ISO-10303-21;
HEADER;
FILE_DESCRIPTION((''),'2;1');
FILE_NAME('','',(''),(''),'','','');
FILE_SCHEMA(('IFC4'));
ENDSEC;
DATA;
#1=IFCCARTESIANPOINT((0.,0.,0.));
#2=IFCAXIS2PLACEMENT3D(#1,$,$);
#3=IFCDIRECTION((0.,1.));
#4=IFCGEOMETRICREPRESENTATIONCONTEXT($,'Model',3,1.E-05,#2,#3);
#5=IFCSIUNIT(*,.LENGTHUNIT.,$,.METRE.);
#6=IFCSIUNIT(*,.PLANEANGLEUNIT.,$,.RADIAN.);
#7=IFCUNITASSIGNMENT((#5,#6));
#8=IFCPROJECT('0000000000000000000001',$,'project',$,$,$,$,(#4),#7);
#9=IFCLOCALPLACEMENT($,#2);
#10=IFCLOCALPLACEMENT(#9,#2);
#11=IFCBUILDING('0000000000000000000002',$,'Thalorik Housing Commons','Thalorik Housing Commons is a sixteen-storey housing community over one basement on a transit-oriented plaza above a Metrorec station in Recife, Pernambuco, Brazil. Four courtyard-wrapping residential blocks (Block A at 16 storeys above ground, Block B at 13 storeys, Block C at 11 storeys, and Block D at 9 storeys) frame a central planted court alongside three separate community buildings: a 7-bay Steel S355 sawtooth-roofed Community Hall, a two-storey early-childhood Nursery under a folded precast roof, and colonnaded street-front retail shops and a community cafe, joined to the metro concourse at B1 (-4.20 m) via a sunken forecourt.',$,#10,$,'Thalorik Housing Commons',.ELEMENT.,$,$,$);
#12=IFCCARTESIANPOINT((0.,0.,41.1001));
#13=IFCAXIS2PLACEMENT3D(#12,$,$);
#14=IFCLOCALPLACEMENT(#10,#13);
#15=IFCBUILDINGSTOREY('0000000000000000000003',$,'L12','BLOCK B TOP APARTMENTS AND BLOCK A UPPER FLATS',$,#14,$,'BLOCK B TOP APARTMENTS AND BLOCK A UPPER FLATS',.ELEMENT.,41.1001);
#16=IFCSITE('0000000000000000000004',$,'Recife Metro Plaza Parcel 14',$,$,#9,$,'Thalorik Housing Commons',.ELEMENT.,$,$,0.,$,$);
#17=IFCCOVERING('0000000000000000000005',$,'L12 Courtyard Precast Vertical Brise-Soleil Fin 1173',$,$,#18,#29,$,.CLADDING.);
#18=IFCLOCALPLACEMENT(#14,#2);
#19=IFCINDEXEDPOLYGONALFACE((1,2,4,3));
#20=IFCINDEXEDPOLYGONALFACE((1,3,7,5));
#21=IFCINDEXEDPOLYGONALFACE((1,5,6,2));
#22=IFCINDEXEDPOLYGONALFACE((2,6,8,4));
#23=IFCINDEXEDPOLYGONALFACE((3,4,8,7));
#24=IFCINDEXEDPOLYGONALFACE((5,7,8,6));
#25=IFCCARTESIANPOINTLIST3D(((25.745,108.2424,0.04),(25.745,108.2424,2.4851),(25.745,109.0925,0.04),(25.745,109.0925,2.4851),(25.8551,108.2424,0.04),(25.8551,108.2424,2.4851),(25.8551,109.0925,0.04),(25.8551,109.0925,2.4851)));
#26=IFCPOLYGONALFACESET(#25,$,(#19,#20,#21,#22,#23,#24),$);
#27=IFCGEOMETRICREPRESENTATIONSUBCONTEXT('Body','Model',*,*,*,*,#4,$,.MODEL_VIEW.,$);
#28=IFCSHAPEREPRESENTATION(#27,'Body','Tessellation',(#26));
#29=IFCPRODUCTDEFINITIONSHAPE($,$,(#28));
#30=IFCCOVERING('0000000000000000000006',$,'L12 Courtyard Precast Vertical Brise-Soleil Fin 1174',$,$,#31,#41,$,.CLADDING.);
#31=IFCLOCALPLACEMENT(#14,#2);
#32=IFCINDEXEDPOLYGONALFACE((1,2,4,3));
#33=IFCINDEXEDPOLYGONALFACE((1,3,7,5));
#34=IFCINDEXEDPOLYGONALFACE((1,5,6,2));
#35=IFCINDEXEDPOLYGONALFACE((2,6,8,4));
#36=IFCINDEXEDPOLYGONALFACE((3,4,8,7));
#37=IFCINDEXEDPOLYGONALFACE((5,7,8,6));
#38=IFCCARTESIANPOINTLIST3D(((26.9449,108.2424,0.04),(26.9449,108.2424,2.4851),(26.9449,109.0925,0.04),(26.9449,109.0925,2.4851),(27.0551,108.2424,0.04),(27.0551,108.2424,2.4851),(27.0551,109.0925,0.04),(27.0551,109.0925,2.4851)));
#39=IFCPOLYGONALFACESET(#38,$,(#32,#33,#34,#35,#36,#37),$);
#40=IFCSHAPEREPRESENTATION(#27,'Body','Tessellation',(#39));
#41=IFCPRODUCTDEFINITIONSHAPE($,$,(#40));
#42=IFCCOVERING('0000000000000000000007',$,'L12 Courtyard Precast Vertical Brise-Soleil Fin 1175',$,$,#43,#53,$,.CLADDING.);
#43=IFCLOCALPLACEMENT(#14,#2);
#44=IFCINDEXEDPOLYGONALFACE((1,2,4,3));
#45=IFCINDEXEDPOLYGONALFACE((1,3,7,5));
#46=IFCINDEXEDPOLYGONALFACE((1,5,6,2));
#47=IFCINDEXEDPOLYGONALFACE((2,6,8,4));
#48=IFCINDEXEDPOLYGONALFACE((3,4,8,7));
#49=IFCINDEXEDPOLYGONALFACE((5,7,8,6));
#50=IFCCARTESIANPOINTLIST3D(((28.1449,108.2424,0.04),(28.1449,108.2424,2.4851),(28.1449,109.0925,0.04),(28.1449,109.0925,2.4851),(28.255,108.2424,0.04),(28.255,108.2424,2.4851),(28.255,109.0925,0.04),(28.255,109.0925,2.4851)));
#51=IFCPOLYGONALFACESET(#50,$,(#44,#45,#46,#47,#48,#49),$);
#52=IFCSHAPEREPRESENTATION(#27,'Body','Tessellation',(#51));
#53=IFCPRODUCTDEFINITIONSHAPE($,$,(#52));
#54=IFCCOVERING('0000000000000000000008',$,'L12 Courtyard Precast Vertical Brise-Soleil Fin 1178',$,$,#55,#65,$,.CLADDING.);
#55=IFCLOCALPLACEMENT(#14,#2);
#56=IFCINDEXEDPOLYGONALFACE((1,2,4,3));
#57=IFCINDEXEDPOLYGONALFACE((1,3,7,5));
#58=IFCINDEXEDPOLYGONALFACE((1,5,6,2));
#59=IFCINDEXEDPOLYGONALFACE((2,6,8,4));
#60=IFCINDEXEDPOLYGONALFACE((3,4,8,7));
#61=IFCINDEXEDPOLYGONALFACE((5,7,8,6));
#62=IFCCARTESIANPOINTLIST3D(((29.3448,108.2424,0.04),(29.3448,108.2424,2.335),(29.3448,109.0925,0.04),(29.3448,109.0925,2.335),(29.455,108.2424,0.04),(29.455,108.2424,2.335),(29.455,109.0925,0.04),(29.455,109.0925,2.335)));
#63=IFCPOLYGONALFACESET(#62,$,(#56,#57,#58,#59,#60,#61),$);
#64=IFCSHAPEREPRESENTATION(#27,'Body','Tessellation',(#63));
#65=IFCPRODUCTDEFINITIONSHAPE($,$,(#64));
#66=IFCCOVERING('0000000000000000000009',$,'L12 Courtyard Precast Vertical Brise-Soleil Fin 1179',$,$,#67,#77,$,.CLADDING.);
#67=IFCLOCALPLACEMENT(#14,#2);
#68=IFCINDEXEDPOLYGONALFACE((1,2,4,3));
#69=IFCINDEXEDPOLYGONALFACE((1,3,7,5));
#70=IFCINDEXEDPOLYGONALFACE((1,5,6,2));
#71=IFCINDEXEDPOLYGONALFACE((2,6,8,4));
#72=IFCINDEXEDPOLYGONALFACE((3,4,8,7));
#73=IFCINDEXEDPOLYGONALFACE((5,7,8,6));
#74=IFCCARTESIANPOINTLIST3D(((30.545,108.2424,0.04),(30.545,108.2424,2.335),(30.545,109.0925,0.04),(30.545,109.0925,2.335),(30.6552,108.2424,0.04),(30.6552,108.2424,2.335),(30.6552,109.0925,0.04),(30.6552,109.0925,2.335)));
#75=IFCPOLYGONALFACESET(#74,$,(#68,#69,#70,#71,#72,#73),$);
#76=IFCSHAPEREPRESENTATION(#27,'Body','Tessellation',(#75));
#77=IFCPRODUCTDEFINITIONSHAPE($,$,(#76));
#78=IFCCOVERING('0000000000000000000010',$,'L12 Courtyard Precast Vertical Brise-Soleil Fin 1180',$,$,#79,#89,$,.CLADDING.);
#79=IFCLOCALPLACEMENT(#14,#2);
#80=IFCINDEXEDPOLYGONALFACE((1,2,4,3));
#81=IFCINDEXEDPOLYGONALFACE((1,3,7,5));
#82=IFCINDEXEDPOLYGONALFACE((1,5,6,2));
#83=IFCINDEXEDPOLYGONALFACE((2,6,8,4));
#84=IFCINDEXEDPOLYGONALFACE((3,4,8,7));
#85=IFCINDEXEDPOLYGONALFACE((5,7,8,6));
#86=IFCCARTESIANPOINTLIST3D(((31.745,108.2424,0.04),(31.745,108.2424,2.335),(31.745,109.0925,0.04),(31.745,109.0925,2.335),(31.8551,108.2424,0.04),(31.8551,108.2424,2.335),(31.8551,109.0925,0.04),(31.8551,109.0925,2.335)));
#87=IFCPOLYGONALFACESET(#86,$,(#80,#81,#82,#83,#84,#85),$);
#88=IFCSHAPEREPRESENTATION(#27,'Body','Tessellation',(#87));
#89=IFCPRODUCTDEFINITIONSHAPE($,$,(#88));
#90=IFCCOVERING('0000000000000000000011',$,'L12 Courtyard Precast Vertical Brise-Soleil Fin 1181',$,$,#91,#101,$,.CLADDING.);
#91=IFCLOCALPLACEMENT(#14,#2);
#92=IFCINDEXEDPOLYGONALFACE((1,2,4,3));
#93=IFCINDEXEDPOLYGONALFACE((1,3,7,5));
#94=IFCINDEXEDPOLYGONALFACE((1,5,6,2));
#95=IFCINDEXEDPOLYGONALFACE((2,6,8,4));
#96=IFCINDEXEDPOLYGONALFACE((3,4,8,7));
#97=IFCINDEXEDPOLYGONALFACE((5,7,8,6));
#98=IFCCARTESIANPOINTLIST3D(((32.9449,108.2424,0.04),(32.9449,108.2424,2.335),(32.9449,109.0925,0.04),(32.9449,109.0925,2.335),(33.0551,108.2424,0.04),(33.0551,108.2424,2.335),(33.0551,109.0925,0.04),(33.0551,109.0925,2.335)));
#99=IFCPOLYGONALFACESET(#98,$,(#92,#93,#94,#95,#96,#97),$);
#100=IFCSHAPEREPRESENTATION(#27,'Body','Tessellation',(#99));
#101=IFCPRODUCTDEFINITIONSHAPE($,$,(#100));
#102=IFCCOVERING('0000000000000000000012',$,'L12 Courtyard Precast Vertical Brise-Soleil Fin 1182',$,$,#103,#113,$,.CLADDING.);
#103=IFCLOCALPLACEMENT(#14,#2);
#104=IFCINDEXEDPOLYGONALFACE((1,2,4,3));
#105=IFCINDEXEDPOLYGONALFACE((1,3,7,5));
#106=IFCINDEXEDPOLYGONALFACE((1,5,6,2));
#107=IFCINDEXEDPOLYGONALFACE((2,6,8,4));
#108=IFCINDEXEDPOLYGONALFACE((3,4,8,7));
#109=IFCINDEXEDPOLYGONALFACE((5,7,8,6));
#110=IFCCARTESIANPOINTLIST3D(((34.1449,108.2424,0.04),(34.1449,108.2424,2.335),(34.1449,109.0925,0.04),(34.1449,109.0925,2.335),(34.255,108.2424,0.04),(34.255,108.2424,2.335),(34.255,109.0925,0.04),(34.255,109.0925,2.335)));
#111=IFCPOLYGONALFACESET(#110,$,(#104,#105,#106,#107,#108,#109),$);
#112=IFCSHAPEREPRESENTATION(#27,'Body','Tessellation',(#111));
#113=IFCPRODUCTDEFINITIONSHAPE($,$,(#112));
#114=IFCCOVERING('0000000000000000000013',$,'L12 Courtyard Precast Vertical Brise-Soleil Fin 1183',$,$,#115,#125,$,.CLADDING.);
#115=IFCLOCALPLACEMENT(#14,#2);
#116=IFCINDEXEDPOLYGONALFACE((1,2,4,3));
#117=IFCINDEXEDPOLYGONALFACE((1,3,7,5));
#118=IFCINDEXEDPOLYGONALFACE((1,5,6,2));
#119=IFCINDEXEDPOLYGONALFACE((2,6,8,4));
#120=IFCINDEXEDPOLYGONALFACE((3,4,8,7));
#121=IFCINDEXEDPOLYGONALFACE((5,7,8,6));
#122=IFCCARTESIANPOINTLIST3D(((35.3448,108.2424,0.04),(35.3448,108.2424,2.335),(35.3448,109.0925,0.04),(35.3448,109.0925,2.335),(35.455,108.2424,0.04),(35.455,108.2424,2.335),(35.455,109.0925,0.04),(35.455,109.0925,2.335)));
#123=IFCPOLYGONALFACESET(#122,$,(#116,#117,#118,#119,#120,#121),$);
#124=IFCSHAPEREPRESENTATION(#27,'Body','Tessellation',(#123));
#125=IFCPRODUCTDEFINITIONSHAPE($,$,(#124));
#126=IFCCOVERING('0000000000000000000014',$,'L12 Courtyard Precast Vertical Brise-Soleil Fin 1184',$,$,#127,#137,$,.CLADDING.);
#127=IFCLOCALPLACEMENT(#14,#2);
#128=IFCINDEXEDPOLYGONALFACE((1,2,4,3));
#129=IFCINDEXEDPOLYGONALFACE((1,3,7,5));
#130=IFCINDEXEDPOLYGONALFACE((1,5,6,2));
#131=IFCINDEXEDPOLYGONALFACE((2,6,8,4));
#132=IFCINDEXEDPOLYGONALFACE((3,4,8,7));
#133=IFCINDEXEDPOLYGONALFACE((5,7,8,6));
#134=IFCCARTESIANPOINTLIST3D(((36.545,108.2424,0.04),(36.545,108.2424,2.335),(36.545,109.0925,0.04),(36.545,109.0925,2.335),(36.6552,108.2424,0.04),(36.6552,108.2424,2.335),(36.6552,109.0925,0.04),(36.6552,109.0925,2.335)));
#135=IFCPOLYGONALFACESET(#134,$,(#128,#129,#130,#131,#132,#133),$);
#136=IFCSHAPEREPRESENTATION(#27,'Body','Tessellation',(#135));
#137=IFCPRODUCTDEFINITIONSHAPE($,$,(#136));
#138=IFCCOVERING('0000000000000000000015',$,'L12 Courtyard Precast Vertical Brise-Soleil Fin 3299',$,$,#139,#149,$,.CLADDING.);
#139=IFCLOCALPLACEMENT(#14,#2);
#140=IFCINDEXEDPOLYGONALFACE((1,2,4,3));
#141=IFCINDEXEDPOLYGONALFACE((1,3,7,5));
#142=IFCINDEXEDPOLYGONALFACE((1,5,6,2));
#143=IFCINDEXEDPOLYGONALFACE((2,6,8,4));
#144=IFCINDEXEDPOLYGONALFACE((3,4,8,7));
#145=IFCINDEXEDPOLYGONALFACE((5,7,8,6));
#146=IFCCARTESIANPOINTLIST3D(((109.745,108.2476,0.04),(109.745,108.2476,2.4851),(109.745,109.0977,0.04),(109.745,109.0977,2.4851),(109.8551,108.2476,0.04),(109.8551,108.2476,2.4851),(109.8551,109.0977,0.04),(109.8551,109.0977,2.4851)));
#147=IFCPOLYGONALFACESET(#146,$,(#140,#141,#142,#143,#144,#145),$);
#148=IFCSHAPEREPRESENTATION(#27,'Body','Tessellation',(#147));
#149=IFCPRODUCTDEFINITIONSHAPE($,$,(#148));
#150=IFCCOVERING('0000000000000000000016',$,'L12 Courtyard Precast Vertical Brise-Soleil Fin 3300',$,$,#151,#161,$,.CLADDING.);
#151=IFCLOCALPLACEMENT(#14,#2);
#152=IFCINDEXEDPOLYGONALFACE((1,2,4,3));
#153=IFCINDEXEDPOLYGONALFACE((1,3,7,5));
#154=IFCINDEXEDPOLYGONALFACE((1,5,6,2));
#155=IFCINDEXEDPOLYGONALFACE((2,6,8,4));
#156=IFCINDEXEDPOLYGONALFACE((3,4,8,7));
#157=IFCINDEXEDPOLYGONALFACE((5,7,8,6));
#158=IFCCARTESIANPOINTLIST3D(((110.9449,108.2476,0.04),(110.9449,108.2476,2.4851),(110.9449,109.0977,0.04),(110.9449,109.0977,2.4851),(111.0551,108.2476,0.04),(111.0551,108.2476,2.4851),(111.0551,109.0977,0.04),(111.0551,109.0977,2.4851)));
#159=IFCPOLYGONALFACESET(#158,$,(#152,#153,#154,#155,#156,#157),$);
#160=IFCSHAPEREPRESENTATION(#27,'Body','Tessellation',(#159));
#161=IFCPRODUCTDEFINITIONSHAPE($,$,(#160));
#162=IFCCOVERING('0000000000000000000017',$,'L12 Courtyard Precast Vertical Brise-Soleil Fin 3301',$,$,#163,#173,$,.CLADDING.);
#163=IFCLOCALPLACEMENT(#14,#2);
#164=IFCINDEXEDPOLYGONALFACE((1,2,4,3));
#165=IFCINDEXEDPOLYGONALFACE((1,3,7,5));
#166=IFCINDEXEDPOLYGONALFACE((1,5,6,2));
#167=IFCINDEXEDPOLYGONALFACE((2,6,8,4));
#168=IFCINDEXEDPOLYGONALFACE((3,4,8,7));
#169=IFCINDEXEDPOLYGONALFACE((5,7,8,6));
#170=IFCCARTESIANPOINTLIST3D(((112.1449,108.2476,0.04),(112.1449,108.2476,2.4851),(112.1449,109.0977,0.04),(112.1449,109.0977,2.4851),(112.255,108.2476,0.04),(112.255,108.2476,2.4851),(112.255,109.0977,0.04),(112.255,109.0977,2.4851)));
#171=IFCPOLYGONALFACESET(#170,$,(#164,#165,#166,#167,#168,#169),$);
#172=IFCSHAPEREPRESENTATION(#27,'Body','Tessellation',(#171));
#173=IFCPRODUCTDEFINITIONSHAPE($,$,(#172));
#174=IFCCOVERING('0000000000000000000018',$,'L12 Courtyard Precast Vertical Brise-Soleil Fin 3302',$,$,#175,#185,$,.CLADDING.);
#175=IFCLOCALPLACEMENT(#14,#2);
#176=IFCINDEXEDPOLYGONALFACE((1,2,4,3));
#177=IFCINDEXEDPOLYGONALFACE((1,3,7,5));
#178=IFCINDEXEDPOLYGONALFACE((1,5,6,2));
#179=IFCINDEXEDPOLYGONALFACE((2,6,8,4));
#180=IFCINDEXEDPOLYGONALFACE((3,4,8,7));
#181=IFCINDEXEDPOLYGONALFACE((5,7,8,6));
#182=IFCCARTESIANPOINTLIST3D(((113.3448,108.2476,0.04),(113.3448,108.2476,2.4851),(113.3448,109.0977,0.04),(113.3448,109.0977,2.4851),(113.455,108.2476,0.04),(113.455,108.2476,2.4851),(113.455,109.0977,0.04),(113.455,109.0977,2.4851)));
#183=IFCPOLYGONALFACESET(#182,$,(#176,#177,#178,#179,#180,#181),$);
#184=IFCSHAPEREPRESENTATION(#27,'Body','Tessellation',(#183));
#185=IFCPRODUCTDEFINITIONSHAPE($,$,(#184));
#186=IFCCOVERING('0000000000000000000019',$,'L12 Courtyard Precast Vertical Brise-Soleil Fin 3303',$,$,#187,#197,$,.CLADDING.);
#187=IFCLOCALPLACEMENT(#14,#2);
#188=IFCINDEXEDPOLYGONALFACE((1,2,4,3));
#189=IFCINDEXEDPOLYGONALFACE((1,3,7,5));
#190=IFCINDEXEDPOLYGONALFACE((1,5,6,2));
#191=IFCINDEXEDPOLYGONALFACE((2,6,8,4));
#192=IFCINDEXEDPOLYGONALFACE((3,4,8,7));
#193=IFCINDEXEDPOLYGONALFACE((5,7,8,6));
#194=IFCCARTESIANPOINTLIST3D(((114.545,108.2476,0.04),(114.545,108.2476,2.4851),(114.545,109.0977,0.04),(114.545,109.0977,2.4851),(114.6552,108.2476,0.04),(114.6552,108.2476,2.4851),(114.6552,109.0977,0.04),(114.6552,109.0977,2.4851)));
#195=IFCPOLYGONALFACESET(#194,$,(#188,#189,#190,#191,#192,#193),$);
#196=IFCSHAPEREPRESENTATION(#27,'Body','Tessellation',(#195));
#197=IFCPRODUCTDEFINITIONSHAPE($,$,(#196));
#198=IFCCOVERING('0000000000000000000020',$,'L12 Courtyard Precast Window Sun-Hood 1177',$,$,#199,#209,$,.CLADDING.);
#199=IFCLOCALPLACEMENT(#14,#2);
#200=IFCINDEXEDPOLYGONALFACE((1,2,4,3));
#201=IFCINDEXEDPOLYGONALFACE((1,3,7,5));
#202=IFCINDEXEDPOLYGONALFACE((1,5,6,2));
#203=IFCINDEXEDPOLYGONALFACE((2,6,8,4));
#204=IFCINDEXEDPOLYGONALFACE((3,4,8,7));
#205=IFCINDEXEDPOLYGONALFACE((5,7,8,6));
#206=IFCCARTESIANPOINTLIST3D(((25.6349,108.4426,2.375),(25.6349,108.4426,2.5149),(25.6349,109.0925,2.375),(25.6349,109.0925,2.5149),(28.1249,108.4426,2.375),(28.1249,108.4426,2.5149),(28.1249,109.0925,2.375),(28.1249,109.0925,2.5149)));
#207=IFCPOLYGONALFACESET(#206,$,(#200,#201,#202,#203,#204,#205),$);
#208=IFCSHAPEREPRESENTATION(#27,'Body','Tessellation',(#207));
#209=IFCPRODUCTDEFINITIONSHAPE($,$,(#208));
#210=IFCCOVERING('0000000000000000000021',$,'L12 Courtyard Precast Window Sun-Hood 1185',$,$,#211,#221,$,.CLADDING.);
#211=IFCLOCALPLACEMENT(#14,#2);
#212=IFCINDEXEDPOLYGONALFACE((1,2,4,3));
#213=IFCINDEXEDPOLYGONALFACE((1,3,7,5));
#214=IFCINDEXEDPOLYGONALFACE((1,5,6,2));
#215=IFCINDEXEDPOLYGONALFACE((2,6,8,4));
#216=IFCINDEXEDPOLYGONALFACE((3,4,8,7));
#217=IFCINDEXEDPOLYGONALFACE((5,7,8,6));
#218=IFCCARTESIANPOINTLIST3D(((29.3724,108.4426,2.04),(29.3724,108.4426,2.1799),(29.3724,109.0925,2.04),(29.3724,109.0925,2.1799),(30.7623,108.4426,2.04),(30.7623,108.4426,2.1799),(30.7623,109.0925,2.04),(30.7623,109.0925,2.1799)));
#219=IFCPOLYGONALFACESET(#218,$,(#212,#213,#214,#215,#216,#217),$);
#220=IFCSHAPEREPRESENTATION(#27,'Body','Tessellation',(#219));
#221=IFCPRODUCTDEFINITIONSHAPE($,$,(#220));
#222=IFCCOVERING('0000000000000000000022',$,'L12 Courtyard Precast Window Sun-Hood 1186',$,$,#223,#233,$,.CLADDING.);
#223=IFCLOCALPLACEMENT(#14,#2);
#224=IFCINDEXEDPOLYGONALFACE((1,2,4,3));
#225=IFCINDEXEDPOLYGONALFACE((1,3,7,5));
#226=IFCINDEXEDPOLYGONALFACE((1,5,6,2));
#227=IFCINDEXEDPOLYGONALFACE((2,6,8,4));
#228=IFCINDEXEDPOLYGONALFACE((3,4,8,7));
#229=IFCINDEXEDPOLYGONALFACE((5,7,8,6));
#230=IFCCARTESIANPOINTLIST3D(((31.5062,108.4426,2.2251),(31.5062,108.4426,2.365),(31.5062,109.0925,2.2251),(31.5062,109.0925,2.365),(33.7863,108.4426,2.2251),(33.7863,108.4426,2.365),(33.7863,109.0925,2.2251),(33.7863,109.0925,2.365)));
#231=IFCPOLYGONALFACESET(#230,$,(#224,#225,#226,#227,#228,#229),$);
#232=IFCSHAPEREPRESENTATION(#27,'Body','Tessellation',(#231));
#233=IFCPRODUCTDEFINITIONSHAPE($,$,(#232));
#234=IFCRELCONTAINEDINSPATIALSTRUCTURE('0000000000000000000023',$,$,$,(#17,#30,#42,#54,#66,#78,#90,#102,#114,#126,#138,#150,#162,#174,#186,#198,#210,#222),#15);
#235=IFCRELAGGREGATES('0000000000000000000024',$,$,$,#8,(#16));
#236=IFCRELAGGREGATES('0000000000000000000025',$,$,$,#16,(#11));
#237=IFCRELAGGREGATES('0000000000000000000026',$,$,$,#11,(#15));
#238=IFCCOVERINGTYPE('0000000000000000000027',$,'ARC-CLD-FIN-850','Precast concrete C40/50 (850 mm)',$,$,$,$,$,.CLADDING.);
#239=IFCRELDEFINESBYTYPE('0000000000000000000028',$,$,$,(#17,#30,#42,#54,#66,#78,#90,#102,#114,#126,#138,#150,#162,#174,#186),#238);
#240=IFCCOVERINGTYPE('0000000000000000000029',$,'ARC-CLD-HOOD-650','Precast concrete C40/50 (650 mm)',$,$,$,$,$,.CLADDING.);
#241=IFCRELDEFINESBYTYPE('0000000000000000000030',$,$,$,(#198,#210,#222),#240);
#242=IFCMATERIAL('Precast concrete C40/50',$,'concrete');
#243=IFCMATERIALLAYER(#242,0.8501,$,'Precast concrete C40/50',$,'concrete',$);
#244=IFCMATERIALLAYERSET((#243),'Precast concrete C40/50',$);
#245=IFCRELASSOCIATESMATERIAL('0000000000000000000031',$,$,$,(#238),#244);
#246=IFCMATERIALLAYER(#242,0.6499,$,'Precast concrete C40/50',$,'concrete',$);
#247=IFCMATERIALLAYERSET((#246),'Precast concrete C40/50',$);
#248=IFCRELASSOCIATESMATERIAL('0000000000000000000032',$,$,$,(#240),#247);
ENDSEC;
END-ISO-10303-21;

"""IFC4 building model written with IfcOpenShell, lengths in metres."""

from ifc_helpers import new_model, si_unit, direction, frame, origin, origin_2d, place, context, subcontext, project, spatial, rectangle, extrude, material, layer, layer_set, type_object, element, save


model = new_model("IFC4")

# Units and contexts
model_context = context("Model", 3, precision=1e-05, world=origin(), true_north=direction((0.0, 1.0)))
body_context = subcontext(model_context, "Body", "Model", "MODEL_VIEW")
ifc_project = project(units=[si_unit("LENGTHUNIT", "METRE"), si_unit("PLANEANGLEUNIT", "RADIAN")], contexts=[model_context])

# Site, building, storey
site_placement = place(None, origin())
site = spatial("IfcSite", under=ifc_project, at=site_placement, Name="Recife Metro Plaza Parcel 14", LongName="Thalorik Housing Commons", CompositionType="ELEMENT", RefElevation=0.0)
building_placement = place(site_placement, origin())
building = spatial("IfcBuilding", under=site, at=building_placement, Name="Thalorik Housing Commons", Description="Thalorik Housing Commons is a sixteen-storey housing community over one basement on a transit-oriented plaza above a Metrorec station in Recife, Pernambuco, Brazil. Four courtyard-wrapping residential blocks (Block A at 16 storeys above ground, Block B at 13 storeys, Block C at 11 storeys, and Block D at 9 storeys) frame a central planted court alongside three separate community buildings: a 7-bay Steel S355 sawtooth-roofed Community Hall, a two-storey early-childhood Nursery under a folded precast roof, and colonnaded street-front retail shops and a community cafe, joined to the metro concourse at B1 (-4.20 m) via a sunken forecourt.", LongName="Thalorik Housing Commons", CompositionType="ELEMENT")
storey_placement = place(building_placement, frame((0.0, 0.0, 41.1001)))
storey = spatial("IfcBuildingStorey", under=building, at=storey_placement, Name="L12", Description="BLOCK B TOP APARTMENTS AND BLOCK A UPPER FLATS", LongName="BLOCK B TOP APARTMENTS AND BLOCK A UPPER FLATS", CompositionType="ELEMENT", Elevation=41.1001)

# Coverings
ifc_material = material(Name="Precast concrete C40/50", Category="concrete")
ifc_layer_1 = layer(ifc_material, 0.8501, Name="Precast concrete C40/50", Category="concrete")
ifc_layer_set_1 = layer_set([ifc_layer_1], Name="Precast concrete C40/50")
covering_type_1 = type_object("IfcCoveringType", Name="ARC-CLD-FIN-850", Description="Precast concrete C40/50 (850 mm)", PredefinedType="CLADDING", material=ifc_layer_set_1)
for number, where, z_axis, x_axis, name in (
    (1, (25.8, 108.6675, 0.04), (0.0, 0.0, 1.0), (1.0, 0.0, 0.0), "L12 Courtyard Precast Vertical Brise-Soleil Fin 1173"),
    (2, (27.0, 108.6675, 0.04), (0.0, 0.0, 1.0), (1.0, 0.0, 0.0), "L12 Courtyard Precast Vertical Brise-Soleil Fin 1174"),
    (3, (28.2, 108.6675, 0.04), (0.0, 0.0, 1.0), (1.0, 0.0, 0.0), "L12 Courtyard Precast Vertical Brise-Soleil Fin 1175"),
):
    element("IfcCovering", number, at=place(storey_placement, frame(where, z_axis=z_axis, x_axis=x_axis)), inside=storey, type_object=covering_type_1, Name=name, PredefinedType="CLADDING", context=body_context, shape_type="SweptSolid", body=[
        extrude(rectangle(XDim=0.1101, YDim=0.8501, at=origin_2d()), origin(), (0.0, 0.0, 1.0), 2.4451),
    ])
for number, where, z_axis, x_axis, name in (
    (4, (29.3999, 108.6675, 0.04), (0.0, 0.0, 1.0), (1.0, 0.0, 0.0), "L12 Courtyard Precast Vertical Brise-Soleil Fin 1178"),
    (5, (30.6001, 108.6675, 0.04), (0.0, 0.0, 1.0), (1.0, 0.0, 0.0), "L12 Courtyard Precast Vertical Brise-Soleil Fin 1179"),
    (6, (31.8, 108.6675, 0.04), (0.0, 0.0, 1.0), (1.0, 0.0, 0.0), "L12 Courtyard Precast Vertical Brise-Soleil Fin 1180"),
    (7, (33.0, 108.6675, 0.04), (0.0, 0.0, 1.0), (1.0, 0.0, 0.0), "L12 Courtyard Precast Vertical Brise-Soleil Fin 1181"),
    (8, (34.2, 108.6675, 0.04), (0.0, 0.0, 1.0), (1.0, 0.0, 0.0), "L12 Courtyard Precast Vertical Brise-Soleil Fin 1182"),
    (9, (35.3999, 108.6675, 0.04), (0.0, 0.0, 1.0), (1.0, 0.0, 0.0), "L12 Courtyard Precast Vertical Brise-Soleil Fin 1183"),
    (10, (36.6001, 108.6675, 0.04), (0.0, 0.0, 1.0), (1.0, 0.0, 0.0), "L12 Courtyard Precast Vertical Brise-Soleil Fin 1184"),
):
    element("IfcCovering", number, at=place(storey_placement, frame(where, z_axis=z_axis, x_axis=x_axis)), inside=storey, type_object=covering_type_1, Name=name, PredefinedType="CLADDING", context=body_context, shape_type="SweptSolid", body=[
        extrude(rectangle(XDim=0.1101, YDim=0.8501, at=origin_2d()), origin(), (0.0, 0.0, 1.0), 2.2949),
    ])
for number, where, z_axis, x_axis, name in (
    (11, (109.8, 108.6726, 0.04), (0.0, 0.0, 1.0), (1.0, 0.0, 0.0), "L12 Courtyard Precast Vertical Brise-Soleil Fin 3299"),
    (12, (111.0, 108.6726, 0.04), (0.0, 0.0, 1.0), (1.0, 0.0, 0.0), "L12 Courtyard Precast Vertical Brise-Soleil Fin 3300"),
    (13, (112.2, 108.6726, 0.04), (0.0, 0.0, 1.0), (1.0, 0.0, 0.0), "L12 Courtyard Precast Vertical Brise-Soleil Fin 3301"),
    (14, (113.3999, 108.6726, 0.04), (0.0, 0.0, 1.0), (1.0, 0.0, 0.0), "L12 Courtyard Precast Vertical Brise-Soleil Fin 3302"),
    (15, (114.6001, 108.6726, 0.04), (0.0, 0.0, 1.0), (1.0, 0.0, 0.0), "L12 Courtyard Precast Vertical Brise-Soleil Fin 3303"),
):
    element("IfcCovering", number, at=place(storey_placement, frame(where, z_axis=z_axis, x_axis=x_axis)), inside=storey, type_object=covering_type_1, Name=name, PredefinedType="CLADDING", context=body_context, shape_type="SweptSolid", body=[
        extrude(rectangle(XDim=0.1101, YDim=0.8501, at=origin_2d()), origin(), (0.0, 0.0, 1.0), 2.4451),
    ])
ifc_layer_2 = layer(ifc_material, 0.6499, Name="Precast concrete C40/50", Category="concrete")
ifc_layer_set_2 = layer_set([ifc_layer_2], Name="Precast concrete C40/50")
covering_type_2 = type_object("IfcCoveringType", Name="ARC-CLD-HOOD-650", Description="Precast concrete C40/50 (650 mm)", PredefinedType="CLADDING", material=ifc_layer_set_2)
covering_1_placement = place(storey_placement, frame((26.8799, 108.7676, 2.375), z_axis=(0.0, 0.0, 1.0), x_axis=(1.0, 0.0, 0.0)))
element("IfcCovering", 16, at=covering_1_placement, inside=storey, type_object=covering_type_2, Name="L12 Courtyard Precast Window Sun-Hood 1177", PredefinedType="CLADDING", context=body_context, shape_type="SweptSolid", body=[
    extrude(rectangle(XDim=2.49, YDim=0.6499, at=origin_2d()), origin(), (0.0, 0.0, 1.0), 0.1399),
])
covering_2_placement = place(storey_placement, frame((30.0674, 108.7676, 2.04), z_axis=(0.0, 0.0, 1.0), x_axis=(1.0, 0.0, 0.0)))
element("IfcCovering", 17, at=covering_2_placement, inside=storey, type_object=covering_type_2, Name="L12 Courtyard Precast Window Sun-Hood 1185", PredefinedType="CLADDING", context=body_context, shape_type="SweptSolid", body=[
    extrude(rectangle(XDim=1.3899, YDim=0.6499, at=origin_2d()), origin(), (0.0, 0.0, 1.0), 0.1399),
])
covering_3_placement = place(storey_placement, frame((32.6462, 108.7676, 2.2251), z_axis=(0.0, 0.0, 1.0), x_axis=(1.0, 0.0, 0.0)))
element("IfcCovering", 18, at=covering_3_placement, inside=storey, type_object=covering_type_2, Name="L12 Courtyard Precast Window Sun-Hood 1186", PredefinedType="CLADDING", context=body_context, shape_type="SweptSolid", body=[
    extrude(rectangle(XDim=2.28, YDim=0.6499, at=origin_2d()), origin(), (0.0, 0.0, 1.0), 0.1399),
])

save(model, "model.ifc")
